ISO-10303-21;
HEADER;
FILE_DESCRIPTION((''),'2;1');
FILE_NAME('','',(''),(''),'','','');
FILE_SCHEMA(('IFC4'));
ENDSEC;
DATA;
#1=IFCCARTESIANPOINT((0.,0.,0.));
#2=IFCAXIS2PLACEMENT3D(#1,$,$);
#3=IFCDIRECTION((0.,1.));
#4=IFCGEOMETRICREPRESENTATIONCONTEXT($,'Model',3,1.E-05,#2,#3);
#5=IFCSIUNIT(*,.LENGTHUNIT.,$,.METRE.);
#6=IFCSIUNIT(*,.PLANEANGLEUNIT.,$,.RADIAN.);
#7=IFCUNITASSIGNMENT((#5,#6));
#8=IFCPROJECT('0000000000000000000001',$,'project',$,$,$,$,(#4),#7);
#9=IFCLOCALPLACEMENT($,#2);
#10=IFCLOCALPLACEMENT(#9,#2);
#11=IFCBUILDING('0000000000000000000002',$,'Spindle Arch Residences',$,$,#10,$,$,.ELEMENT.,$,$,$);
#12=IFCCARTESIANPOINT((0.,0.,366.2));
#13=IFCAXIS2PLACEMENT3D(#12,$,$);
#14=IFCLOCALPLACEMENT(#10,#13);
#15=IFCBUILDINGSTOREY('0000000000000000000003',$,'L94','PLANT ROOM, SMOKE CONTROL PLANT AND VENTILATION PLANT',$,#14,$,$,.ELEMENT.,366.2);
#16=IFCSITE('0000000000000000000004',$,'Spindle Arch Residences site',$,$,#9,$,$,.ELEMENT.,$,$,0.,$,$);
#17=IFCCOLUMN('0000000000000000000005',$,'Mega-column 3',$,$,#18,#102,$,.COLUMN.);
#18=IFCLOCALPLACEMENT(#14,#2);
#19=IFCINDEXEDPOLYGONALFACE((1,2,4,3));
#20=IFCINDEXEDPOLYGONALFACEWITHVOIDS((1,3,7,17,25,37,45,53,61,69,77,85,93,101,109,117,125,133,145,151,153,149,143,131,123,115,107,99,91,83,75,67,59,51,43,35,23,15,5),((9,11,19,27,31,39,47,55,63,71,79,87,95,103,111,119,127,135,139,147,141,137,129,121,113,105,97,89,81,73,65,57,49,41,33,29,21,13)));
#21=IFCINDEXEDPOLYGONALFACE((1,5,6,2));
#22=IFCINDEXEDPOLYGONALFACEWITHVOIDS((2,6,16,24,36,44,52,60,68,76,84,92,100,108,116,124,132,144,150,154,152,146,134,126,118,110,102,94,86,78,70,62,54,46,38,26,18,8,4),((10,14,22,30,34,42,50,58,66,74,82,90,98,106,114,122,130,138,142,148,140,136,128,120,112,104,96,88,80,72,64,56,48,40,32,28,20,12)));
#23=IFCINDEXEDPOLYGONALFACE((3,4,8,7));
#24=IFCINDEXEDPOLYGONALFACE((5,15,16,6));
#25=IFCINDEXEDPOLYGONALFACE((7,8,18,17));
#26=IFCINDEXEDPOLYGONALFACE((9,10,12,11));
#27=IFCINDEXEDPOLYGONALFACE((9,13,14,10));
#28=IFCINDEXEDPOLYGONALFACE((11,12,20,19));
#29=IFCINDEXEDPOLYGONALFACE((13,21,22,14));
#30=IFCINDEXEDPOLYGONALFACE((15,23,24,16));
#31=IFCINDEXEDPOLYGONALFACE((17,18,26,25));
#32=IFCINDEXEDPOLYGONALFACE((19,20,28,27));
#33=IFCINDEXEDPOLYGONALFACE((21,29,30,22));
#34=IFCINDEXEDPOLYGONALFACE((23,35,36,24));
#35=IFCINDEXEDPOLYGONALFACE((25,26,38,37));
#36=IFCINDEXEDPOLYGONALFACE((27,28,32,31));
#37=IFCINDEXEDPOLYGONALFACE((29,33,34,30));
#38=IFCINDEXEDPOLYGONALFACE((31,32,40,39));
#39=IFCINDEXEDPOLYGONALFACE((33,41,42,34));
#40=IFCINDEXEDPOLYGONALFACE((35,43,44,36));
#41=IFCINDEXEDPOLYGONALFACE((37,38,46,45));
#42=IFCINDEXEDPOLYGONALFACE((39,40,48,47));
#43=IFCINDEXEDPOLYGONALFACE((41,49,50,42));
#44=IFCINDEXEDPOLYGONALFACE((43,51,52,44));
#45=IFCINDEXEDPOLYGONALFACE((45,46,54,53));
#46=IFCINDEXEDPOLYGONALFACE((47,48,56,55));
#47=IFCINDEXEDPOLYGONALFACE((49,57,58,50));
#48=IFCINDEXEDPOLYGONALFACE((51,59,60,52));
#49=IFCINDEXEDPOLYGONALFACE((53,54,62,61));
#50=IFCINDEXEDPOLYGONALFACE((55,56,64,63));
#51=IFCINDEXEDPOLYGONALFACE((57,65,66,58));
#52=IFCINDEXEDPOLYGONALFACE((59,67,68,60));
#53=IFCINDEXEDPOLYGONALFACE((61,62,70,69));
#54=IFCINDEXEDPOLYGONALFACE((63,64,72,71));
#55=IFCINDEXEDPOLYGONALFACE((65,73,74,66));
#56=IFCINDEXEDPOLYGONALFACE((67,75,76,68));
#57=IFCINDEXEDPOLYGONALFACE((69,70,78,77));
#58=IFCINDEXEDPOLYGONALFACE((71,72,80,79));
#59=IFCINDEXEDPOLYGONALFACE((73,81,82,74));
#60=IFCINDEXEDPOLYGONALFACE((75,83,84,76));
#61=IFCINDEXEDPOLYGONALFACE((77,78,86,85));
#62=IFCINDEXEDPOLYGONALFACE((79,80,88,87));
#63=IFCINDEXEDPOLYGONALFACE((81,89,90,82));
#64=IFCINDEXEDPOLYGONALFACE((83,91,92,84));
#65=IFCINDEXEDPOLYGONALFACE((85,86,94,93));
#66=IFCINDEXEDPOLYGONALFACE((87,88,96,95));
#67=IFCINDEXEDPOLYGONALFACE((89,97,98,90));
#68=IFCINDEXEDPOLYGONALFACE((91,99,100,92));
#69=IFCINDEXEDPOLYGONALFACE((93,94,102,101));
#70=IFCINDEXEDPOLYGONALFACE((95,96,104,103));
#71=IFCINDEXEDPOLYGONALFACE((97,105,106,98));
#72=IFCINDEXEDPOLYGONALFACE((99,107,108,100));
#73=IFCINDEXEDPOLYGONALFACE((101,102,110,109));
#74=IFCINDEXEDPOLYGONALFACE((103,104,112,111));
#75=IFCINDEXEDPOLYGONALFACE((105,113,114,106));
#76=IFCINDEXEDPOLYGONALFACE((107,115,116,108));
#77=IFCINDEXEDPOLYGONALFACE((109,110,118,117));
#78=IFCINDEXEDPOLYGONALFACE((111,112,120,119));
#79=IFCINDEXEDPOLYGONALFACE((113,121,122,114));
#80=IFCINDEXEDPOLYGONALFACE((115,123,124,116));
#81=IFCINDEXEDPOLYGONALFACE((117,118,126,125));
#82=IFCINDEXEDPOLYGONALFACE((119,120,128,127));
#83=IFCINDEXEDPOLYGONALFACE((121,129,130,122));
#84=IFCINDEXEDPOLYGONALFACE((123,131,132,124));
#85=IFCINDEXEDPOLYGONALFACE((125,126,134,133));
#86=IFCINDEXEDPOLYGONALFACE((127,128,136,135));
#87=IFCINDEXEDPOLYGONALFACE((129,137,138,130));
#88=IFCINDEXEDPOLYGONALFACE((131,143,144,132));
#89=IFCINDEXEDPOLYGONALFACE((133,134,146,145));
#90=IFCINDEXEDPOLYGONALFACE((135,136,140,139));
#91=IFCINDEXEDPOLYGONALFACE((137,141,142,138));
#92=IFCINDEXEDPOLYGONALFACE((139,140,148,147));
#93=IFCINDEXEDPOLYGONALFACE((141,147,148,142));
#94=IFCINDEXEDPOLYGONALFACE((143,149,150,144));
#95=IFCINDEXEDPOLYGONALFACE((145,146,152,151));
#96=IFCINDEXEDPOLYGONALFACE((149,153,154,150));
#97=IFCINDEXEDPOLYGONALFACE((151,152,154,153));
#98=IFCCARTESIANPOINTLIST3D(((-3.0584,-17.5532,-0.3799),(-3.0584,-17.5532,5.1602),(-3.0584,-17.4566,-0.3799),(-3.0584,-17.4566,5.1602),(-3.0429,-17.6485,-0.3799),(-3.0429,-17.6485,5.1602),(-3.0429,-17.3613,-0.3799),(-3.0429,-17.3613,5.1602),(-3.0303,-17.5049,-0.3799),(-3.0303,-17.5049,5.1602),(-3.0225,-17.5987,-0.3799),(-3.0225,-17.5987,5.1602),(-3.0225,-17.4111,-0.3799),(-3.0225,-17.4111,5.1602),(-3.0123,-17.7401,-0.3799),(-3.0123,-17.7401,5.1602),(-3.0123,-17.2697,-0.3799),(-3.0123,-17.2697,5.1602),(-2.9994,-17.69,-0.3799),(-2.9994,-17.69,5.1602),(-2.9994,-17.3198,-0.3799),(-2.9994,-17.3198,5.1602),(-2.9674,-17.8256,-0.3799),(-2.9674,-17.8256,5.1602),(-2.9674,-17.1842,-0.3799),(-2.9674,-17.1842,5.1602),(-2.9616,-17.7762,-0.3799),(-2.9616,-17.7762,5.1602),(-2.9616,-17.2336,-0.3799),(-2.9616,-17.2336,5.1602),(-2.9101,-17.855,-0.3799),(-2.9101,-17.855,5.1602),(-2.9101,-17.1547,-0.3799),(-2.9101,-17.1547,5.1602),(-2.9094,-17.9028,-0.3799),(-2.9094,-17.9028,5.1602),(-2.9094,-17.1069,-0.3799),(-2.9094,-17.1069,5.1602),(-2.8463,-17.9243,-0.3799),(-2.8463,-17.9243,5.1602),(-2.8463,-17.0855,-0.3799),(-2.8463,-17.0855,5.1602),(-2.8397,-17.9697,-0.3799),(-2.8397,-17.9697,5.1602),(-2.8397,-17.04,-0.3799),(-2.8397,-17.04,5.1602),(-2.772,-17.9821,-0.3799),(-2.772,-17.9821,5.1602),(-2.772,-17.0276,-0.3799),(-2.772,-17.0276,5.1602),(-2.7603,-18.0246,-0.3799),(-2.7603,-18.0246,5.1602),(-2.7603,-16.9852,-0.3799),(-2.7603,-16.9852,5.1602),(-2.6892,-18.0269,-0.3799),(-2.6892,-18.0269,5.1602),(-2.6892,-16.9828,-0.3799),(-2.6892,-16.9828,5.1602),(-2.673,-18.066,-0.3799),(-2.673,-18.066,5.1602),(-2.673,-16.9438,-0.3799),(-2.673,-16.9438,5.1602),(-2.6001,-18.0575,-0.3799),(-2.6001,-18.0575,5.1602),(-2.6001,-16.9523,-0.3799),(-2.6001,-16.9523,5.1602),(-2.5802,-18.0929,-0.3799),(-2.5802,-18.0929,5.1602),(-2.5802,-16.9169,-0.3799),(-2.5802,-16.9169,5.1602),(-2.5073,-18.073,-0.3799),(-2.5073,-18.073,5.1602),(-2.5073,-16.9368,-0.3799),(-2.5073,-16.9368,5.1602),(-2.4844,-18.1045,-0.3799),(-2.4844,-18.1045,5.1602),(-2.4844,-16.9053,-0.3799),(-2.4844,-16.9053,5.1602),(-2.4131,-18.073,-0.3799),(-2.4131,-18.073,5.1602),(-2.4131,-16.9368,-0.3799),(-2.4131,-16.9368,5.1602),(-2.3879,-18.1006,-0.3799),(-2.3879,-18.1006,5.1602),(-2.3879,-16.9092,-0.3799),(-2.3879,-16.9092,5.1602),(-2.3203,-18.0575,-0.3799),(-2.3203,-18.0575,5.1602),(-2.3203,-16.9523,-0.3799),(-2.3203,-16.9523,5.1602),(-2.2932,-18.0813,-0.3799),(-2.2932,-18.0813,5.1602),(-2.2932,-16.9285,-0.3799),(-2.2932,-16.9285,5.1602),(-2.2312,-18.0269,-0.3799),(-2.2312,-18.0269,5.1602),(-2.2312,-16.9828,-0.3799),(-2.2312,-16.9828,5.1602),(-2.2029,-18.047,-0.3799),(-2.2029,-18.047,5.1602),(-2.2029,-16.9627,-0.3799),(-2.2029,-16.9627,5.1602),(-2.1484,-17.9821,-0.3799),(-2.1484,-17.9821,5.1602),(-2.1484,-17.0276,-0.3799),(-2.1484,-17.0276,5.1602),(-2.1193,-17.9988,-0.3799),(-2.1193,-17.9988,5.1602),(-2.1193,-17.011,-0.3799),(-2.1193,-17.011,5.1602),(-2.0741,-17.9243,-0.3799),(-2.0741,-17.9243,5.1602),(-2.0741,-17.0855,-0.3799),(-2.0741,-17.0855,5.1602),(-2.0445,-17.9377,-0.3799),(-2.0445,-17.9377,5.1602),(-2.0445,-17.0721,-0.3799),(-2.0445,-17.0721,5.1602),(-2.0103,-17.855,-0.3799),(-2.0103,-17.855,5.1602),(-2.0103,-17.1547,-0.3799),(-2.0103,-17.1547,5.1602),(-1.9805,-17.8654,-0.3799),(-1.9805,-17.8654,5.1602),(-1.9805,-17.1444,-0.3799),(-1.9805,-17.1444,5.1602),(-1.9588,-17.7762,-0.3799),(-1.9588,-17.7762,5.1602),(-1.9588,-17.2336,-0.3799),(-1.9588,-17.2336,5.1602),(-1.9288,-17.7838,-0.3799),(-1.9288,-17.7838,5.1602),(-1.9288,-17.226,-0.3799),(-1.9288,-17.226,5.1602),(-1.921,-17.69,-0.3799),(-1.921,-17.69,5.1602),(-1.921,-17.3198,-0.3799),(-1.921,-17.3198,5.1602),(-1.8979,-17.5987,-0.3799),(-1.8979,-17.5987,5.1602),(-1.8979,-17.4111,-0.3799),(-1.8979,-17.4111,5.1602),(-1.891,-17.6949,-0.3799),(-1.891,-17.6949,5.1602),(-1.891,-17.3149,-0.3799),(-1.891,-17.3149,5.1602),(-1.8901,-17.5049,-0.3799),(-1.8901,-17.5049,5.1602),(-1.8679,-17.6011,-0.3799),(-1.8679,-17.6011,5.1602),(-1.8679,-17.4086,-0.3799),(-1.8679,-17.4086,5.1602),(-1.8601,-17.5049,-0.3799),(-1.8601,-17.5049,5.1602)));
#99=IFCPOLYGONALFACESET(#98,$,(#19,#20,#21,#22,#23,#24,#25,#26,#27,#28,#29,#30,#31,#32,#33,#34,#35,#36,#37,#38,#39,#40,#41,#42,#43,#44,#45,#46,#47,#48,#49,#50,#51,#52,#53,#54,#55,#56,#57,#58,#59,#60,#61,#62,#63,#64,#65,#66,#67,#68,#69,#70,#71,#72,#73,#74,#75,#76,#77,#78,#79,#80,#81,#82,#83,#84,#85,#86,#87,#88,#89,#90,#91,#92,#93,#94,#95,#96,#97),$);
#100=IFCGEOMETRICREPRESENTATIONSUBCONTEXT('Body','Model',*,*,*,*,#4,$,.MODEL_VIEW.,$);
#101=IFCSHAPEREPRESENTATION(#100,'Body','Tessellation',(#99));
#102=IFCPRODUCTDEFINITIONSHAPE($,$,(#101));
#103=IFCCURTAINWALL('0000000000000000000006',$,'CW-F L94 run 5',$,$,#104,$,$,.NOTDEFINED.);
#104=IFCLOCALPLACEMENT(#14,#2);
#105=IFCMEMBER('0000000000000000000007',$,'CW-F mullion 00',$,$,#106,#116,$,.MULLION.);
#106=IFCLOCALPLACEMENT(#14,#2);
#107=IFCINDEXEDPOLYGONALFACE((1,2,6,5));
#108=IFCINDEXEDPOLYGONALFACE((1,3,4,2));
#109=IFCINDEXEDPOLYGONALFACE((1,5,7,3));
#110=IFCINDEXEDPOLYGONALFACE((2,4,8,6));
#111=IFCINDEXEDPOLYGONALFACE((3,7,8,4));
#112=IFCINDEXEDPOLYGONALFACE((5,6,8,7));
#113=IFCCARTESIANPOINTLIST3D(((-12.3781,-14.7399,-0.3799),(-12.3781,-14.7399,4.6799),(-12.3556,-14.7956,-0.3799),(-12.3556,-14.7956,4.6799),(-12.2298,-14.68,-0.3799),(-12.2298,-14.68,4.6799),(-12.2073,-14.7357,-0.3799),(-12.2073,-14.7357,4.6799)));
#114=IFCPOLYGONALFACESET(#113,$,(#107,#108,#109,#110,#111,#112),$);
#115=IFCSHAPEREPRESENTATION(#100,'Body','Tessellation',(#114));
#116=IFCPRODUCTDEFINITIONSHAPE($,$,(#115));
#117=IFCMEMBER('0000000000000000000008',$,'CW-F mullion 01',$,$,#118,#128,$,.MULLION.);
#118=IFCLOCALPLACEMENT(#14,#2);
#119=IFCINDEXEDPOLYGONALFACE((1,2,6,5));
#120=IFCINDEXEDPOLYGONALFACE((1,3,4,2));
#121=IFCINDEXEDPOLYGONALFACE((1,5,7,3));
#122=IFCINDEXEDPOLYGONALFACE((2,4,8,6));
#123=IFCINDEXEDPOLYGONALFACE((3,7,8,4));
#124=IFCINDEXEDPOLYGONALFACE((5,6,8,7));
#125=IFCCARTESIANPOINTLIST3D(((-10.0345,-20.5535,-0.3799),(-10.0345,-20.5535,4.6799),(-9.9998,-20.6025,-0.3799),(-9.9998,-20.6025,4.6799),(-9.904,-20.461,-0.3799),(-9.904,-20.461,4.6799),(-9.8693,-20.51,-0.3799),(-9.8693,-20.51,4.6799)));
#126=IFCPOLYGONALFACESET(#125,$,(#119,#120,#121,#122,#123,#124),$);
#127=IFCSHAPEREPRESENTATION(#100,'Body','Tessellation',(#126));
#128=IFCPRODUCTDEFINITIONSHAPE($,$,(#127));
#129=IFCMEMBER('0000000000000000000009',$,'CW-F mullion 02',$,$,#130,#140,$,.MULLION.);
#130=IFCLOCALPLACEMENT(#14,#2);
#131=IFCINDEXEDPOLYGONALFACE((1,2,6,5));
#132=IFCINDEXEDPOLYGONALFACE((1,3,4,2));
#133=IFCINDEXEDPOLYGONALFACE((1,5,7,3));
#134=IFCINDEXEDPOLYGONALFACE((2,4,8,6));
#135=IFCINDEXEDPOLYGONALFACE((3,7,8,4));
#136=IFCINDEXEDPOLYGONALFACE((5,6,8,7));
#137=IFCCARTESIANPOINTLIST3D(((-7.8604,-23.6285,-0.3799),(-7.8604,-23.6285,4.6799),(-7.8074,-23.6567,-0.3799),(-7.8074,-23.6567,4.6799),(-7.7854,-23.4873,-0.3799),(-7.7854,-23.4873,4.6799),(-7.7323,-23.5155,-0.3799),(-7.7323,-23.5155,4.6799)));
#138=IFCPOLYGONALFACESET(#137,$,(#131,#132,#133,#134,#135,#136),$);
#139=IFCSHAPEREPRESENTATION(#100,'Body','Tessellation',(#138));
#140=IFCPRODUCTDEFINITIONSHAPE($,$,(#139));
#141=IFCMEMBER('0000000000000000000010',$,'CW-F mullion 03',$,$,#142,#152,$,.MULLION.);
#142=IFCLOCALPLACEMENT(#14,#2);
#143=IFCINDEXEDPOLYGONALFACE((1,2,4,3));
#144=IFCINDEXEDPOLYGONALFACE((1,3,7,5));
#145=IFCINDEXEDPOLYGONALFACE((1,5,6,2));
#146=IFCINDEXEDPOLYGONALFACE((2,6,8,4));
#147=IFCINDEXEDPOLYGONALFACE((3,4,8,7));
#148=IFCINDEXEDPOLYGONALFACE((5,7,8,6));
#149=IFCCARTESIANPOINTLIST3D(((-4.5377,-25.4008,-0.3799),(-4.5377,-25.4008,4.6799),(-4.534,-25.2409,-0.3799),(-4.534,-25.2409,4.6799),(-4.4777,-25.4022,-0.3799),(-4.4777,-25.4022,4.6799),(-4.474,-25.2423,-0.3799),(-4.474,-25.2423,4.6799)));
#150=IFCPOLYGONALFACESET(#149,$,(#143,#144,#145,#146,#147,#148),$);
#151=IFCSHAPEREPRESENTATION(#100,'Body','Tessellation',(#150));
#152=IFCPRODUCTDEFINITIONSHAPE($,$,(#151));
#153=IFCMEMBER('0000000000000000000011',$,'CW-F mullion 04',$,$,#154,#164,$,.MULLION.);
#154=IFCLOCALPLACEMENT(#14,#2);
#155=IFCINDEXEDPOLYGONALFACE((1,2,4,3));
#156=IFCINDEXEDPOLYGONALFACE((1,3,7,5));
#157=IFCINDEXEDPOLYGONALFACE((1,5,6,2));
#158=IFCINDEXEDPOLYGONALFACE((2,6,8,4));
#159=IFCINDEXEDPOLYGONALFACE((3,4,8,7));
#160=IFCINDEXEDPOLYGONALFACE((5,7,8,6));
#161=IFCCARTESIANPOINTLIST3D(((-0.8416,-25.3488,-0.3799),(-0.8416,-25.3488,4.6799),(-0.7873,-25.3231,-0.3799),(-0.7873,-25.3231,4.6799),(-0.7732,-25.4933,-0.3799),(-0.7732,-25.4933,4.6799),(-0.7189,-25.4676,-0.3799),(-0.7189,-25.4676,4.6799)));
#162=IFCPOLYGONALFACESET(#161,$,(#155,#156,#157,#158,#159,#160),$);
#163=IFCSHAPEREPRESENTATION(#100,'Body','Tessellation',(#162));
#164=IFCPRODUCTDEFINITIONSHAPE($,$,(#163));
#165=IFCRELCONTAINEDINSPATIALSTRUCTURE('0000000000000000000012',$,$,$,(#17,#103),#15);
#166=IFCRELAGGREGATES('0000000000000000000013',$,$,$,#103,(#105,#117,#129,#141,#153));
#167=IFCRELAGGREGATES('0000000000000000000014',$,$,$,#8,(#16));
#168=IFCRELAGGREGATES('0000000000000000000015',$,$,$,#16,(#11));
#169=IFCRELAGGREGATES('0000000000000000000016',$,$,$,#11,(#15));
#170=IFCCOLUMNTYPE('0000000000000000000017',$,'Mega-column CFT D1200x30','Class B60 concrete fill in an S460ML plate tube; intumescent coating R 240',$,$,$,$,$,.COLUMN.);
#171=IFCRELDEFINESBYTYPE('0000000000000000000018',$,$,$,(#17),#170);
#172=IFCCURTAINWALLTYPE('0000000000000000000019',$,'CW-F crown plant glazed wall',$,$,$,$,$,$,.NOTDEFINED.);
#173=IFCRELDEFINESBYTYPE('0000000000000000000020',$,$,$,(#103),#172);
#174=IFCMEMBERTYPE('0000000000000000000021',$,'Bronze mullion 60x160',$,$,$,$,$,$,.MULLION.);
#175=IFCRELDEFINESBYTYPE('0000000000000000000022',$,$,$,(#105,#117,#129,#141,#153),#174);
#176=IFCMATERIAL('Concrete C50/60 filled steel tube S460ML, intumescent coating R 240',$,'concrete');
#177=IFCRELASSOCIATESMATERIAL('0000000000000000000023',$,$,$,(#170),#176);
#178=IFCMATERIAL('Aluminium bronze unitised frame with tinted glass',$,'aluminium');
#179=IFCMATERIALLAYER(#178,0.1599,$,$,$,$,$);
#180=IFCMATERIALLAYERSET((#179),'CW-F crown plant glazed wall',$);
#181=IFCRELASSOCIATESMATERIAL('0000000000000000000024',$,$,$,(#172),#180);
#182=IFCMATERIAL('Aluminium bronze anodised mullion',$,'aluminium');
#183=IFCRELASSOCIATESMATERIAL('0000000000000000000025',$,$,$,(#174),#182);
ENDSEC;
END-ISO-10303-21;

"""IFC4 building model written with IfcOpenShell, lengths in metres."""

from ifc_helpers import new_model, si_unit, direction, frame, origin, origin_2d, place, context, subcontext, project, spatial, rectangle, hollow_circle, extrude, material, layer, layer_set, material_profile, profile_set, type_object, element, aggregate, save


model = new_model("IFC4")

# Units and contexts
model_context = context("Model", 3, precision=1e-05, world=origin(), true_north=direction((0.0, 1.0)))
body_context = subcontext(model_context, "Body", "Model", "MODEL_VIEW")
ifc_project = project(units=[si_unit("LENGTHUNIT", "METRE"), si_unit("PLANEANGLEUNIT", "RADIAN")], contexts=[model_context])

# Site, building, storey
site_placement = place(None, origin())
site = spatial("IfcSite", under=ifc_project, at=site_placement, Name="Spindle Arch Residences site", CompositionType="ELEMENT", RefElevation=0.0)
building_placement = place(site_placement, origin())
building = spatial("IfcBuilding", under=site, at=building_placement, Name="Spindle Arch Residences", CompositionType="ELEMENT")
storey_placement = place(building_placement, frame((0.0, 0.0, 366.2)))
storey = spatial("IfcBuildingStorey", under=building, at=storey_placement, Name="L94", Description="PLANT ROOM, SMOKE CONTROL PLANT AND VENTILATION PLANT", CompositionType="ELEMENT", Elevation=366.2)

# Column
ifc_material_1 = material(Name="Concrete C50/60 filled steel tube S460ML, intumescent coating R 240", Category="concrete")
ifc_material_profile_1 = material_profile(ifc_material_1, hollow_circle(Radius=0.6001, WallThickness=0.03, at=origin_2d()), Name="CFT D1200x30")
ifc_profile_set_1 = profile_set([ifc_material_profile_1], Name="Concrete C50/60 filled steel tube S460ML, intumescent coating R 240")
column_type_1 = type_object("IfcColumnType", Name="Mega-column CFT D1200x30", Description="Class B60 concrete fill in an S460ML plate tube; intumescent coating R 240", PredefinedType="COLUMN", material=ifc_profile_set_1)
column_placement = place(storey_placement, frame((-2.4602, -17.5049, -0.3799), z_axis=(0.0, 0.0, 1.0), x_axis=(1.0, 0.0, 0.0)))
element("IfcColumn", 1, at=column_placement, inside=storey, type_object=column_type_1, Name="Mega-column 3", PredefinedType="COLUMN", context=body_context, shape_type="SweptSolid", body=[
    extrude(hollow_circle(Radius=0.6001, WallThickness=0.03, at=origin_2d()), origin(), (0.0, 0.0, 1.0), 5.54),
])

# Curtain wall, members
ifc_material_2 = material(Name="Aluminium bronze unitised frame with tinted glass", Category="aluminium")
ifc_layer_1 = layer(ifc_material_2, 0.1599)
ifc_layer_set_1 = layer_set([ifc_layer_1], Name="CW-F crown plant glazed wall")
curtain_wall_type = type_object("IfcCurtainWallType", Name="CW-F crown plant glazed wall", PredefinedType="NOTDEFINED", material=ifc_layer_set_1)
curtain_wall_1_placement = place(storey_placement, origin())
curtain_wall_1 = element("IfcCurtainWall", 2, at=curtain_wall_1_placement, inside=storey, type_object=curtain_wall_type, Name="CW-F L94 run 5", PredefinedType="NOTDEFINED")
ifc_material_3 = material(Name="Aluminium bronze anodised mullion", Category="aluminium")
ifc_material_profile_2 = material_profile(ifc_material_3, rectangle(XDim=0.1599, YDim=0.0601, at=origin_2d()), Name="MU 60x160")
ifc_profile_set_2 = profile_set([ifc_material_profile_2], Name="Aluminium bronze anodised mullion")
member_type = type_object("IfcMemberType", Name="Bronze mullion 60x160", PredefinedType="MULLION", material=ifc_profile_set_2)
member_1_placement = place(storey_placement, frame((-12.2927, -14.7378, -0.3799), z_axis=(0.0, 0.0, 1.0), x_axis=(0.927184, 0.374607, 0.0)))
member_1 = element("IfcMember", 3, at=member_1_placement, type_object=member_type, Name="CW-F mullion 00", PredefinedType="MULLION", context=body_context, shape_type="SweptSolid", body=[
    extrude(rectangle(XDim=0.1599, YDim=0.0601, at=origin_2d()), origin(), (0.0, 0.0, 1.0), 5.0598),
])
member_2_placement = place(storey_placement, frame((-9.9519, -20.5317, -0.3799), z_axis=(0.0, 0.0, 1.0), x_axis=(0.815801, 0.578332, 0.0)))
member_2 = element("IfcMember", 4, at=member_2_placement, type_object=member_type, Name="CW-F mullion 01", PredefinedType="MULLION", context=body_context, shape_type="SweptSolid", body=[
    extrude(rectangle(XDim=0.1599, YDim=0.0601, at=origin_2d()), origin(), (0.0, 0.0, 1.0), 5.0598),
])
member_3_placement = place(storey_placement, frame((-7.7964, -23.572, -0.3799), z_axis=(0.0, 0.0, 1.0), x_axis=(0.469472, 0.882948, 0.0)))
member_3 = element("IfcMember", 5, at=member_3_placement, type_object=member_type, Name="CW-F mullion 02", PredefinedType="MULLION", context=body_context, shape_type="SweptSolid", body=[
    extrude(rectangle(XDim=0.1599, YDim=0.0601, at=origin_2d()), origin(), (0.0, 0.0, 1.0), 5.0598),
])
member_4_placement = place(storey_placement, frame((-4.5059, -25.3215, -0.3799), z_axis=(0.0, 0.0, 1.0), x_axis=(0.023269, 0.999729, 0.0)))
member_4 = element("IfcMember", 6, at=member_4_placement, type_object=member_type, Name="CW-F mullion 03", PredefinedType="MULLION", context=body_context, shape_type="SweptSolid", body=[
    extrude(rectangle(XDim=0.1599, YDim=0.0601, at=origin_2d()), origin(), (0.0, 0.0, 1.0), 5.0598),
])
member_5_placement = place(storey_placement, frame((-0.7803, -25.4082, -0.3799), z_axis=(0.0, 0.0, 1.0), x_axis=(-0.427884, 0.903834, 0.0)))
member_5 = element("IfcMember", 7, at=member_5_placement, type_object=member_type, Name="CW-F mullion 04", PredefinedType="MULLION", context=body_context, shape_type="SweptSolid", body=[
    extrude(rectangle(XDim=0.1599, YDim=0.0601, at=origin_2d()), origin(), (0.0, 0.0, 1.0), 5.0598),
])

aggregate(curtain_wall_1, [member_1, member_2, member_3, member_4, member_5])

save(model, "model.ifc")
